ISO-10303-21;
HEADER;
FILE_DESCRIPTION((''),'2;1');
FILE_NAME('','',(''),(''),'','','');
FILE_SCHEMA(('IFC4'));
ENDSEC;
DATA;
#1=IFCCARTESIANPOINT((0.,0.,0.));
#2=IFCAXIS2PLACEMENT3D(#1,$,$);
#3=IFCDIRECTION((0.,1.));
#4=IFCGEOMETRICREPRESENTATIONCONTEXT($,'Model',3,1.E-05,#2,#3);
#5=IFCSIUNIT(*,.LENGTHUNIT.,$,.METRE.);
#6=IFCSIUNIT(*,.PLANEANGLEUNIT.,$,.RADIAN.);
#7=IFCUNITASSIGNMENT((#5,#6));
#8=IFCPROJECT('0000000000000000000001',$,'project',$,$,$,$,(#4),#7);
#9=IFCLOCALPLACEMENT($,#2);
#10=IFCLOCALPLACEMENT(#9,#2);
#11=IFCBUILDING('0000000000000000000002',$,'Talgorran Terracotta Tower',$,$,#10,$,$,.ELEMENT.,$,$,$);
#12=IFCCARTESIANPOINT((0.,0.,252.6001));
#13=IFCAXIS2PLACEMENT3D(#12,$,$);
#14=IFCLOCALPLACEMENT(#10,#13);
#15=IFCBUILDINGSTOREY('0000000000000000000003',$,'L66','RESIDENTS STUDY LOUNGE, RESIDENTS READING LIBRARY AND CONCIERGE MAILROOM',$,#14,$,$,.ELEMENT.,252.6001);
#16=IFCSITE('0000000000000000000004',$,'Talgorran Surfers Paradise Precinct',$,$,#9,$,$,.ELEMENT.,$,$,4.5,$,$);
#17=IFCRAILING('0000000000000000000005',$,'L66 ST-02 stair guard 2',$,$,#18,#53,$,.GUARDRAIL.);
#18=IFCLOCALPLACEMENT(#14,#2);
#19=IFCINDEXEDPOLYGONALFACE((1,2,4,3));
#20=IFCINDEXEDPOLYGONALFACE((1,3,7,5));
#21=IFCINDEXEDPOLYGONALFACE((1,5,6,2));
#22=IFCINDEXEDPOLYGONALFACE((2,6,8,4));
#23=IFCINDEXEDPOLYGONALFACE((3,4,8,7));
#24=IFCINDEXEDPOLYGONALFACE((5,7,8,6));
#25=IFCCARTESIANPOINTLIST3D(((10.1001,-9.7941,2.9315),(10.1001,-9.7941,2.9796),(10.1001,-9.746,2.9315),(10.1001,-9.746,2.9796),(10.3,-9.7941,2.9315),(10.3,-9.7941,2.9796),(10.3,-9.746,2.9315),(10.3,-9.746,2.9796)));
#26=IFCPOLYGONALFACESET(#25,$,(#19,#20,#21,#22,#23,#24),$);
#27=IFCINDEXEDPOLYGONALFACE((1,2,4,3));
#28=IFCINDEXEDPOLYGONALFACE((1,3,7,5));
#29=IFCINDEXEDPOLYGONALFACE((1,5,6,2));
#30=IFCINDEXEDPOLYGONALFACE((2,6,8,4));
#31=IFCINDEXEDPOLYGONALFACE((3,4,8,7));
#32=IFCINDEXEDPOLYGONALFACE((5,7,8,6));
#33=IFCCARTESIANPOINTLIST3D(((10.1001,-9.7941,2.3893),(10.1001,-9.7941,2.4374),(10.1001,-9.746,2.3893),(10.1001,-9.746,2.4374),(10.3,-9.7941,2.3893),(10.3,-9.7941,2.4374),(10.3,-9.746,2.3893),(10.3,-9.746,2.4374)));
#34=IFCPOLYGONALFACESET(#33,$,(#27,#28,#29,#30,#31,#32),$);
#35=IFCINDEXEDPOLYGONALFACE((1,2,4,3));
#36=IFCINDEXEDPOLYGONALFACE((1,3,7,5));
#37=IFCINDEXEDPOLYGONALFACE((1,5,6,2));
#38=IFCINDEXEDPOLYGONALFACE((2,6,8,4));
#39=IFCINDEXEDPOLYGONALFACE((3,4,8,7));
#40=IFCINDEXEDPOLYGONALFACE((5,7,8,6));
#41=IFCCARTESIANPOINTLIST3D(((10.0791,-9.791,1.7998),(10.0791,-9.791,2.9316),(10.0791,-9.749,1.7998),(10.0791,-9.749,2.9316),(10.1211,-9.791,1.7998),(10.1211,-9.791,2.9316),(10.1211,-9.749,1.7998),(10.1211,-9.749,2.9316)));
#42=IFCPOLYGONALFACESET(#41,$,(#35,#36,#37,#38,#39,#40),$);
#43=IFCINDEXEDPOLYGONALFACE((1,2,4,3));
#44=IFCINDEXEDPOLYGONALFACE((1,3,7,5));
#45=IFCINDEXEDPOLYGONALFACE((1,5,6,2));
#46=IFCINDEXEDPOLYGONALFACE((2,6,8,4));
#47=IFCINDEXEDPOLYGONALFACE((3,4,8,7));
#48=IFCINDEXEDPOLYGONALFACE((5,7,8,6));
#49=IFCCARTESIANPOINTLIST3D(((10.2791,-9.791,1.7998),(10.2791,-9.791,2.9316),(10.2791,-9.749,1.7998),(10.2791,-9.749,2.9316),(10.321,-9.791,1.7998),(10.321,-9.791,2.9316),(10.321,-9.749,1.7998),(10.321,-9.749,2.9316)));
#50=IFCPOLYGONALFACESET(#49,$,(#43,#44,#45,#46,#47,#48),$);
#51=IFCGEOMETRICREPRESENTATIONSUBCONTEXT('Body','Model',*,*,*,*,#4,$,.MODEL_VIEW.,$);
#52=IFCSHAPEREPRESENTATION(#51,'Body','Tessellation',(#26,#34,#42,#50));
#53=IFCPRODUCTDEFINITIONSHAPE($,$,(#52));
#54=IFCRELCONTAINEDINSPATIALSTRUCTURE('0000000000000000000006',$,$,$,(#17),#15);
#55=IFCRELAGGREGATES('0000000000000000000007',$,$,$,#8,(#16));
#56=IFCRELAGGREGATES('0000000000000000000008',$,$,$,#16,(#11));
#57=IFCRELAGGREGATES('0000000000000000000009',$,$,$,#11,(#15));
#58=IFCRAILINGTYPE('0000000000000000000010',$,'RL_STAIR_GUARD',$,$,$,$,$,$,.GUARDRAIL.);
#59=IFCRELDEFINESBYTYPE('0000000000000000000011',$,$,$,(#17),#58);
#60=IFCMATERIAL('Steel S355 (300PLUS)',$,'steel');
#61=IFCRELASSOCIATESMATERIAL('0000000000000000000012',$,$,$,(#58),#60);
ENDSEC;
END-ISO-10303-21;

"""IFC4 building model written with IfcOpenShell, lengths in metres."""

from ifc_helpers import new_model, si_unit, direction, frame, origin, origin_2d, place, context, subcontext, project, spatial, rectangle, extrude, material, type_object, element, save


model = new_model("IFC4")

# Units and contexts
model_context = context("Model", 3, precision=1e-05, world=origin(), true_north=direction((0.0, 1.0)))
body_context = subcontext(model_context, "Body", "Model", "MODEL_VIEW")
ifc_project = project(units=[si_unit("LENGTHUNIT", "METRE"), si_unit("PLANEANGLEUNIT", "RADIAN")], contexts=[model_context])

# Site, building, storey
site_placement = place(None, origin())
site = spatial("IfcSite", under=ifc_project, at=site_placement, Name="Talgorran Surfers Paradise Precinct", CompositionType="ELEMENT", RefElevation=4.5)
building_placement = place(site_placement, origin())
building = spatial("IfcBuilding", under=site, at=building_placement, Name="Talgorran Terracotta Tower", CompositionType="ELEMENT")
storey_placement = place(building_placement, frame((0.0, 0.0, 252.6001)))
storey = spatial("IfcBuildingStorey", under=building, at=storey_placement, Name="L66", Description="RESIDENTS STUDY LOUNGE, RESIDENTS READING LIBRARY AND CONCIERGE MAILROOM", CompositionType="ELEMENT", Elevation=252.6001)

# Shared definitions
ifc_material_1 = material(Name="Steel S355 (300PLUS)", Category="steel")

# Railing
railing_type = type_object("IfcRailingType", Name="RL_STAIR_GUARD", PredefinedType="GUARDRAIL", material=ifc_material_1)
railing_placement = place(storey_placement, frame((10.1001, -9.77, 1.7998)))
element("IfcRailing", 1, at=railing_placement, inside=storey, type_object=railing_type, Name="L66 ST-02 stair guard 2", PredefinedType="GUARDRAIL", context=body_context, shape_type="SweptSolid", body=[
    extrude(rectangle(XDim=0.0481, YDim=0.0481, at=origin_2d()), frame((0.0, 0.0, 1.1558), z_axis=(1.0, 0.0, 0.0), x_axis=(0.0, 1.0, 0.0)), (0.0, 0.0, 1.0), 0.2),
    extrude(rectangle(XDim=0.0481, YDim=0.0481, at=origin_2d()), frame((0.0, 0.0, 0.6135), z_axis=(1.0, 0.0, 0.0), x_axis=(0.0, 1.0, 0.0)), (0.0, 0.0, 1.0), 0.2),
    extrude(rectangle(XDim=0.042, YDim=0.042, at=origin_2d()), origin(), (0.0, 0.0, 1.0), 1.1318),
    extrude(rectangle(XDim=0.042, YDim=0.042, at=origin_2d()), frame((0.2, 0.0, 0.0)), (0.0, 0.0, 1.0), 1.1318),
])

save(model, "model.ifc")
